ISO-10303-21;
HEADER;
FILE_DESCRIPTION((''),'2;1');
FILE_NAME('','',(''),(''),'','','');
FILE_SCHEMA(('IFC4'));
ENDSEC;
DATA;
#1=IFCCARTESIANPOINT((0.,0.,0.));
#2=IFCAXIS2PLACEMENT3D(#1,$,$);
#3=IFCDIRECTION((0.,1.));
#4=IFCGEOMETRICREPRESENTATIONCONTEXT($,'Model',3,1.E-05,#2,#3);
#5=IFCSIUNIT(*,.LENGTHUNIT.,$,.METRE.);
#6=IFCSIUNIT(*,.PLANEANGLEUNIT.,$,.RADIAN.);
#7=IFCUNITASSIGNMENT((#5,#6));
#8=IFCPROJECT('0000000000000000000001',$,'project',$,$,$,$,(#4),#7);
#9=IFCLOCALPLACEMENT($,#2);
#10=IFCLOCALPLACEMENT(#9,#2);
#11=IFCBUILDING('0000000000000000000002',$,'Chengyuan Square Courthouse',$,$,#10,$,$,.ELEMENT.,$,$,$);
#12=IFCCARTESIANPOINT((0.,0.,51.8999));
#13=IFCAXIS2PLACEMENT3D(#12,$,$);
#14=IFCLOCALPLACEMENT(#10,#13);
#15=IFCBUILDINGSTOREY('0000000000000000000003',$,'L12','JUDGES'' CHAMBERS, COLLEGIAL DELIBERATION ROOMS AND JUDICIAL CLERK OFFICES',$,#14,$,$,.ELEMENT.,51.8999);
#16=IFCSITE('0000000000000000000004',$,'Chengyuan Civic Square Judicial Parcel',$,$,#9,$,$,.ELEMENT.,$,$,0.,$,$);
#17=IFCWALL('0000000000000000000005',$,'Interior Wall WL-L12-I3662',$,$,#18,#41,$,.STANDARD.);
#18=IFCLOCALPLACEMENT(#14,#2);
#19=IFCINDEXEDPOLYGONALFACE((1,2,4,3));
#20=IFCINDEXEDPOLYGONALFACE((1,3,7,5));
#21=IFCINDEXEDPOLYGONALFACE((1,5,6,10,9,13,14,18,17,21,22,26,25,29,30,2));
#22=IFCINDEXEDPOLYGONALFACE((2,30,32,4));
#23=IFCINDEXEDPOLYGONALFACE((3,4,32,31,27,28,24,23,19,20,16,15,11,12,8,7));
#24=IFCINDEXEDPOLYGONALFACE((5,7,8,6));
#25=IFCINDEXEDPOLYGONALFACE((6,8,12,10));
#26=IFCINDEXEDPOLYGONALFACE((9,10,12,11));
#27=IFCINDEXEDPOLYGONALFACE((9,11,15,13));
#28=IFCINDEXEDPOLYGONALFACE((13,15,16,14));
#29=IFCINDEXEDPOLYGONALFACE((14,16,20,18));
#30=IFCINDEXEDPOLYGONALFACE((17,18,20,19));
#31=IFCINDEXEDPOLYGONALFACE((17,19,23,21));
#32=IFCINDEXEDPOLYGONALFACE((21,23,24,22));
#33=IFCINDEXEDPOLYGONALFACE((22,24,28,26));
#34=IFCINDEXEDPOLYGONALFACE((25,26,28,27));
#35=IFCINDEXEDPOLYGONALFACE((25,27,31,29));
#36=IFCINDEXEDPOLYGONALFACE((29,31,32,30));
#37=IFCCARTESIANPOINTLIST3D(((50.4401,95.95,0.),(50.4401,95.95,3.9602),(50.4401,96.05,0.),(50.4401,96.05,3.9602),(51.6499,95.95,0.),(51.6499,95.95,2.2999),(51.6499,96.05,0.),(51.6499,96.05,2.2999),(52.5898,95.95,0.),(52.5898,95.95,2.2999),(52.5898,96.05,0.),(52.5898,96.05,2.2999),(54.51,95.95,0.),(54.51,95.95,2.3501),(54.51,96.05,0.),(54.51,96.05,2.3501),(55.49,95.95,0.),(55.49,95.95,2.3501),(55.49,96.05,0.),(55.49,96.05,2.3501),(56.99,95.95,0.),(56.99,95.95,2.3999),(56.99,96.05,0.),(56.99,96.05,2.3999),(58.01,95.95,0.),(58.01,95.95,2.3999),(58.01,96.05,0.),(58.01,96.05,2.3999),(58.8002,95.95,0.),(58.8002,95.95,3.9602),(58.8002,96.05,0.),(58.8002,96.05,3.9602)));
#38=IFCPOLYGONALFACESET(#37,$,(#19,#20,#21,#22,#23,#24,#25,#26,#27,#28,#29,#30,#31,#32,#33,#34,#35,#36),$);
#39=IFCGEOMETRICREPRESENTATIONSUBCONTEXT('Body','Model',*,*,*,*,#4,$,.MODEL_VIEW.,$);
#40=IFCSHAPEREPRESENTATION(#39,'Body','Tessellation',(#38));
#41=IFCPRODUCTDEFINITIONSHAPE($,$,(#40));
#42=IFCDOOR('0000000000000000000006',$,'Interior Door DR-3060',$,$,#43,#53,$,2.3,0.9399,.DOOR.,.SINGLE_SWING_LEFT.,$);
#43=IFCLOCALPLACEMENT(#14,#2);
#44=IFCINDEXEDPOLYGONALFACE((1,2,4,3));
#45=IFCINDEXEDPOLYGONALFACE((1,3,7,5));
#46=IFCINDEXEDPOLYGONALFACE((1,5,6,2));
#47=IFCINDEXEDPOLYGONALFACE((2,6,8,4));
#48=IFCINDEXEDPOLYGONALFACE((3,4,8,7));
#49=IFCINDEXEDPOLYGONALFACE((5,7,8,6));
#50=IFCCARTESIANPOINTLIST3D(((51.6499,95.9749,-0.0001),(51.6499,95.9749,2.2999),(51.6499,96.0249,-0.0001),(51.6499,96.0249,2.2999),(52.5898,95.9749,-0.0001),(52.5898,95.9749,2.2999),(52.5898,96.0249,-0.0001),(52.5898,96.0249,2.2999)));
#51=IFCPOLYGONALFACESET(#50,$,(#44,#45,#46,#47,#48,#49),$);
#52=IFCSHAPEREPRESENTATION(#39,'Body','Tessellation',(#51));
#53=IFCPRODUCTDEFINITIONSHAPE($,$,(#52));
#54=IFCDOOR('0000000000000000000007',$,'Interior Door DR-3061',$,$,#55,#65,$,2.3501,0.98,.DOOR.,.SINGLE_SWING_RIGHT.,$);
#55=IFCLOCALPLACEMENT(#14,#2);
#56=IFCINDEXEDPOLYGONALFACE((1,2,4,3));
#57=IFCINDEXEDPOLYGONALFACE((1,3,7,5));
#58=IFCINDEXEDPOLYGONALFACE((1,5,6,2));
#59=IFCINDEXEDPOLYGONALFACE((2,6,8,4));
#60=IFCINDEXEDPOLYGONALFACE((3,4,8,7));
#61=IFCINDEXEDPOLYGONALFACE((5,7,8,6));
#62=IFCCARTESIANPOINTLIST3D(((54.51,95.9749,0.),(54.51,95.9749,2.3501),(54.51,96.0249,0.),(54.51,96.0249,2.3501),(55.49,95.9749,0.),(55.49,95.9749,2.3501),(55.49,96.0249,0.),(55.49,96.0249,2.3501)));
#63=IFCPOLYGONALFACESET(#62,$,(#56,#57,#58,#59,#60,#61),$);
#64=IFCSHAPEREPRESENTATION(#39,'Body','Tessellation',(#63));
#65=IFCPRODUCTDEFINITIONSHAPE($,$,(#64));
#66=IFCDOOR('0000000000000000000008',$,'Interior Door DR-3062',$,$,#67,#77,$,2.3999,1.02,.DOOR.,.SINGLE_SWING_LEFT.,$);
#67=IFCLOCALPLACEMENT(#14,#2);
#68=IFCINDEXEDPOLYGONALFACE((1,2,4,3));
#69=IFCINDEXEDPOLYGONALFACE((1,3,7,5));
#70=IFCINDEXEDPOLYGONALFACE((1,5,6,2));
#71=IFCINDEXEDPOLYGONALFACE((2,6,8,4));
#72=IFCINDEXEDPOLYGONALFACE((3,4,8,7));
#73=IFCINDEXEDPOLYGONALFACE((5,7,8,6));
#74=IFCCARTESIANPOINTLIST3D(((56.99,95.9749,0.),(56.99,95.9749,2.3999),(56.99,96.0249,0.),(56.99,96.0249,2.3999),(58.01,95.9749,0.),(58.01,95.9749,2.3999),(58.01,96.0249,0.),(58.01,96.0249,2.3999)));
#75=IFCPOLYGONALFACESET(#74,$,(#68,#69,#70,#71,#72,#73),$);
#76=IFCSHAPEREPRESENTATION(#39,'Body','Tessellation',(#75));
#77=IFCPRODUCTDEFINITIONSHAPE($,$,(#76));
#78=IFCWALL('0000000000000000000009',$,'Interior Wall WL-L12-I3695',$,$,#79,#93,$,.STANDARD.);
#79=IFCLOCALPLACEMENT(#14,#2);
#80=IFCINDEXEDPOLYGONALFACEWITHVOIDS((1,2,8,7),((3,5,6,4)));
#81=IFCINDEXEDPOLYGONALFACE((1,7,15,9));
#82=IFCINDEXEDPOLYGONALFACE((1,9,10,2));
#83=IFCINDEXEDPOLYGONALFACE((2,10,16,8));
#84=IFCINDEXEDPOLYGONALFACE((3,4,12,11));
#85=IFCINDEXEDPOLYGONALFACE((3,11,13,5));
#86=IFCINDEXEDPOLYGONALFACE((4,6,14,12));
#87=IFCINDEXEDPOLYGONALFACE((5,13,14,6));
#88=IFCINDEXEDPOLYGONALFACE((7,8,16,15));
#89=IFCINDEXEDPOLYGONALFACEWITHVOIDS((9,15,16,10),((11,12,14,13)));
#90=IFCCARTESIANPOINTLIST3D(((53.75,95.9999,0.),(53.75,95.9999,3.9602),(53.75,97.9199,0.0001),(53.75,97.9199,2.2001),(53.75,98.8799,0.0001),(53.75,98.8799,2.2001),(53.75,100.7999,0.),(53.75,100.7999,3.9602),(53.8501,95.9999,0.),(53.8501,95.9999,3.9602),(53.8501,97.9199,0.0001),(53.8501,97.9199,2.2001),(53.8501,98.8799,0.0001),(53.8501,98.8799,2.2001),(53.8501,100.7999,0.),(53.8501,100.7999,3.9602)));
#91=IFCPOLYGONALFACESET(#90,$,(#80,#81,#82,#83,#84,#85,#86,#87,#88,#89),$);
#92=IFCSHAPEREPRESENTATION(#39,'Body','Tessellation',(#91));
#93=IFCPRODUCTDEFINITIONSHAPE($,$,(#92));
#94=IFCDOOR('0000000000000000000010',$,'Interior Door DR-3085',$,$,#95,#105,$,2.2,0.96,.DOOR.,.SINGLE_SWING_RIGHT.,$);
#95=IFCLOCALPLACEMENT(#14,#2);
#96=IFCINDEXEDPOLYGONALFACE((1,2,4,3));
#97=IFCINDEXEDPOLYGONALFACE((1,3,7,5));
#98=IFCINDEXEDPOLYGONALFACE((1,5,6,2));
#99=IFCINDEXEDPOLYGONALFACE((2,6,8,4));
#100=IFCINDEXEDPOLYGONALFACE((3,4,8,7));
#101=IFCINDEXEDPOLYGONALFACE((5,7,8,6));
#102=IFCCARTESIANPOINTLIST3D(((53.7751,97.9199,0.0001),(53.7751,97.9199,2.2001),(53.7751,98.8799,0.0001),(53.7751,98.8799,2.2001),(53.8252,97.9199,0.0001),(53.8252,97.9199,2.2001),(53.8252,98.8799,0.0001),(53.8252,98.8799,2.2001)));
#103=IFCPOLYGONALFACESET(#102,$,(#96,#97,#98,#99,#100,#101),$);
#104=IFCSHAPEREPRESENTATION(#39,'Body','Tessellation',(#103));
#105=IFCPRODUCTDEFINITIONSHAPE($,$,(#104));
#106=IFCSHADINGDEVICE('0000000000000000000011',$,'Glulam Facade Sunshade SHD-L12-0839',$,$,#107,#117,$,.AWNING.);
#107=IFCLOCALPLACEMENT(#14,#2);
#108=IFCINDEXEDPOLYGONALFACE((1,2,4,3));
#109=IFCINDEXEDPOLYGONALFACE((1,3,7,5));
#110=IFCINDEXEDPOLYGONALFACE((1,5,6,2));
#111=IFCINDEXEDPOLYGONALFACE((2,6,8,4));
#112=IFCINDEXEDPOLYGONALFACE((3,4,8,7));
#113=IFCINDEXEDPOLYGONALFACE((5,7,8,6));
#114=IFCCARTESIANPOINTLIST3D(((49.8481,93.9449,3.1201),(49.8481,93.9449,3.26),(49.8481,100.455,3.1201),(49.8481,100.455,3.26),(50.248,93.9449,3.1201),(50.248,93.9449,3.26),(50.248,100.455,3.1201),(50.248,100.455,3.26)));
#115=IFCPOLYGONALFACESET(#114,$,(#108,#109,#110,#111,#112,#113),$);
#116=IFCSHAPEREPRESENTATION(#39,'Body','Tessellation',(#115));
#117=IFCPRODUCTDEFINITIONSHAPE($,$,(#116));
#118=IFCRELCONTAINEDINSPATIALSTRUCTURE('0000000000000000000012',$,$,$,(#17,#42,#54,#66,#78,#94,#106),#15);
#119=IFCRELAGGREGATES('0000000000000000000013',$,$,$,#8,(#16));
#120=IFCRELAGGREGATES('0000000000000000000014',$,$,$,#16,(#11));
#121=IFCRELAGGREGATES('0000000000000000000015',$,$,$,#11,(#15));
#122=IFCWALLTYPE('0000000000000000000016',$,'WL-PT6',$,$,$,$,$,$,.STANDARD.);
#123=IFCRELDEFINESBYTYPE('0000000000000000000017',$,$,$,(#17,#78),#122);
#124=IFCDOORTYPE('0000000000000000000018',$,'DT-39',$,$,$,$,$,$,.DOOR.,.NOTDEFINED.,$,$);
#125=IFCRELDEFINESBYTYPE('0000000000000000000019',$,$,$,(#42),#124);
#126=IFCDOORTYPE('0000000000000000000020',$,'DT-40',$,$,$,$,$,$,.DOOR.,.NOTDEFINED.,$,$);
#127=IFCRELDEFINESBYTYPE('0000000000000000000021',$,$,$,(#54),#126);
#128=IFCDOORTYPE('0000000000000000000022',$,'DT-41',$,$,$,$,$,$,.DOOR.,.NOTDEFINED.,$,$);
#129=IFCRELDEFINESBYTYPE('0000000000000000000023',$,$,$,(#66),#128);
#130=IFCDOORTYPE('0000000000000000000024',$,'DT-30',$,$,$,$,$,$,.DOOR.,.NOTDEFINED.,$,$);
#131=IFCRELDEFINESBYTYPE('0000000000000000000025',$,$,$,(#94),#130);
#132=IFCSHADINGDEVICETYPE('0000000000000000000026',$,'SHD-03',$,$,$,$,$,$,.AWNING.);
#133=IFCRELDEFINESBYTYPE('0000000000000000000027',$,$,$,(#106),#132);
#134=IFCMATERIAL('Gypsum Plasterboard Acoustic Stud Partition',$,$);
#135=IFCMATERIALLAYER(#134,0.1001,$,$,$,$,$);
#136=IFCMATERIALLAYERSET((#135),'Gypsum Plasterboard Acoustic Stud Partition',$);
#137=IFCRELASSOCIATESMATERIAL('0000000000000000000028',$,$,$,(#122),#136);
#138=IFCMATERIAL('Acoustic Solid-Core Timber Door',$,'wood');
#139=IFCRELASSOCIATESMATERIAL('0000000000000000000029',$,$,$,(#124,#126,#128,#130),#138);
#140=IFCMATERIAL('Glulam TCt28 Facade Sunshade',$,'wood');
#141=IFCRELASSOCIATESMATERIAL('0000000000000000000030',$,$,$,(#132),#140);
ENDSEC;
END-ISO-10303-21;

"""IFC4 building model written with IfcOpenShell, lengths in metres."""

from ifc_helpers import new_model, si_unit, direction, frame, frame_2d, origin, origin_2d, place, context, subcontext, project, spatial, rectangle, extrude, material, layer, layer_set, type_object, element, fill, save


model = new_model("IFC4")

# Units and contexts
model_context = context("Model", 3, precision=1e-05, world=origin(), true_north=direction((0.0, 1.0)))
body_context = subcontext(model_context, "Body", "Model", "MODEL_VIEW")
ifc_project = project(units=[si_unit("LENGTHUNIT", "METRE"), si_unit("PLANEANGLEUNIT", "RADIAN")], contexts=[model_context])

# Site, building, storey
site_placement = place(None, origin())
site = spatial("IfcSite", under=ifc_project, at=site_placement, Name="Chengyuan Civic Square Judicial Parcel", CompositionType="ELEMENT", RefElevation=0.0)
building_placement = place(site_placement, origin())
building = spatial("IfcBuilding", under=site, at=building_placement, Name="Chengyuan Square Courthouse", CompositionType="ELEMENT")
storey_placement = place(building_placement, frame((0.0, 0.0, 51.8999)))
storey = spatial("IfcBuildingStorey", under=building, at=storey_placement, Name="L12", Description="JUDGES' CHAMBERS, COLLEGIAL DELIBERATION ROOMS AND JUDICIAL CLERK OFFICES", CompositionType="ELEMENT", Elevation=51.8999)

# Wall, openings, doors
ifc_material_1 = material(Name="Gypsum Plasterboard Acoustic Stud Partition")
ifc_layer_1 = layer(ifc_material_1, 0.1001)
ifc_layer_set_1 = layer_set([ifc_layer_1], Name="Gypsum Plasterboard Acoustic Stud Partition")
wall_type_1 = type_object("IfcWallType", Name="WL-PT6", PredefinedType="STANDARD", material=ifc_layer_set_1)
ifc_material_2 = material(Name="Acoustic Solid-Core Timber Door", Category="wood")
wall_1_placement = place(storey_placement, frame((50.4399, 96.0, 0.0), z_axis=(0.0, 0.0, 1.0), x_axis=(1.0, 0.0, 0.0)))
wall_1 = element("IfcWall", 1, at=wall_1_placement, inside=storey, type_object=wall_type_1, Name="Interior Wall WL-L12-I3662", PredefinedType="STANDARD", context=body_context, shape_type="SweptSolid", body=[
    extrude(rectangle(XDim=8.3601, YDim=0.1001, at=frame_2d((4.1802, 0.0))), origin(), (0.0, 0.0, 1.0), 3.9602),
])
opening_1_placement = place(wall_1_placement, frame((1.21, 0.0, 0.0)))
opening_1 = element("IfcOpeningElement", 2, at=opening_1_placement, cuts=wall_1, PredefinedType="OPENING", context=body_context, shape_type="SweptSolid", body=[
    extrude(rectangle(XDim=0.9399, YDim=2.3, at=frame_2d((0.47, 1.1499))), frame((0.0, 0.062, 0.0), z_axis=(0.0, -1.0, 0.0), x_axis=(1.0, 0.0, 0.0)), (0.0, 0.0, 1.0), 0.124),
])
opening_2_placement = place(wall_1_placement, frame((4.0701, 0.0, 0.0)))
opening_2 = element("IfcOpeningElement", 3, at=opening_2_placement, cuts=wall_1, PredefinedType="OPENING", context=body_context, shape_type="SweptSolid", body=[
    extrude(rectangle(XDim=0.98, YDim=2.3501, at=frame_2d((0.49, 1.175))), frame((0.0, 0.062, 0.0), z_axis=(0.0, -1.0, 0.0), x_axis=(1.0, 0.0, 0.0)), (0.0, 0.0, 1.0), 0.124),
])
opening_3_placement = place(wall_1_placement, frame((6.55, 0.0, 0.0)))
opening_3 = element("IfcOpeningElement", 4, at=opening_3_placement, cuts=wall_1, PredefinedType="OPENING", context=body_context, shape_type="SweptSolid", body=[
    extrude(rectangle(XDim=1.02, YDim=2.3999, at=frame_2d((0.51, 1.2))), frame((0.0, 0.062, 0.0), z_axis=(0.0, -1.0, 0.0), x_axis=(1.0, 0.0, 0.0)), (0.0, 0.0, 1.0), 0.124),
])
door_type_1 = type_object("IfcDoorType", Name="DT-39", OperationType="NOTDEFINED", PredefinedType="DOOR", material=ifc_material_2)
door_1_placement = place(opening_1_placement, origin())
door_1 = element("IfcDoor", 5, at=door_1_placement, inside=storey, type_object=door_type_1, Name="Interior Door DR-3060", OperationType="SINGLE_SWING_LEFT", OverallHeight=2.3, OverallWidth=0.9399, PredefinedType="DOOR", context=body_context, shape_type="SweptSolid", body=[
    extrude(rectangle(XDim=0.9399, YDim=2.3, at=frame_2d((0.47, 1.1499))), frame((0.0, 0.0249, 0.0), z_axis=(0.0, -1.0, 0.0), x_axis=(1.0, 0.0, 0.0)), (0.0, 0.0, 1.0), 0.05),
])
fill(opening_1, door_1)
door_type_2 = type_object("IfcDoorType", Name="DT-40", OperationType="NOTDEFINED", PredefinedType="DOOR", material=ifc_material_2)
door_2_placement = place(opening_2_placement, origin())
door_2 = element("IfcDoor", 6, at=door_2_placement, inside=storey, type_object=door_type_2, Name="Interior Door DR-3061", OperationType="SINGLE_SWING_RIGHT", OverallHeight=2.3501, OverallWidth=0.98, PredefinedType="DOOR", context=body_context, shape_type="SweptSolid", body=[
    extrude(rectangle(XDim=0.98, YDim=2.3501, at=frame_2d((0.49, 1.175))), frame((0.0, 0.0249, 0.0), z_axis=(0.0, -1.0, 0.0), x_axis=(1.0, 0.0, 0.0)), (0.0, 0.0, 1.0), 0.05),
])
fill(opening_2, door_2)
door_type_3 = type_object("IfcDoorType", Name="DT-41", OperationType="NOTDEFINED", PredefinedType="DOOR", material=ifc_material_2)
door_3_placement = place(opening_3_placement, origin())
door_3 = element("IfcDoor", 7, at=door_3_placement, inside=storey, type_object=door_type_3, Name="Interior Door DR-3062", OperationType="SINGLE_SWING_LEFT", OverallHeight=2.3999, OverallWidth=1.02, PredefinedType="DOOR", context=body_context, shape_type="SweptSolid", body=[
    extrude(rectangle(XDim=1.02, YDim=2.3999, at=frame_2d((0.51, 1.2))), frame((0.0, 0.0249, 0.0), z_axis=(0.0, -1.0, 0.0), x_axis=(1.0, 0.0, 0.0)), (0.0, 0.0, 1.0), 0.05),
])
fill(opening_3, door_3)

# Wall, opening, door
wall_2_placement = place(storey_placement, frame((53.8, 96.0, 0.0), z_axis=(0.0, 0.0, 1.0), x_axis=(0.0, 1.0, 0.0)))
wall_2 = element("IfcWall", 8, at=wall_2_placement, inside=storey, type_object=wall_type_1, Name="Interior Wall WL-L12-I3695", PredefinedType="STANDARD", context=body_context, shape_type="SweptSolid", body=[
    extrude(rectangle(XDim=4.8, YDim=0.1001, at=frame_2d((2.3999, 0.0))), origin(), (0.0, 0.0, 1.0), 3.9602),
])
opening_4_placement = place(wall_2_placement, frame((1.9199, 0.0, 0.0)))
opening_4 = element("IfcOpeningElement", 9, at=opening_4_placement, cuts=wall_2, PredefinedType="OPENING", context=body_context, shape_type="SweptSolid", body=[
    extrude(rectangle(XDim=0.96, YDim=2.2, at=frame_2d((0.48, 1.1001))), frame((0.0, 0.062, 0.0), z_axis=(0.0, -1.0, 0.0), x_axis=(1.0, 0.0, 0.0)), (0.0, 0.0, 1.0), 0.124),
])
door_type_4 = type_object("IfcDoorType", Name="DT-30", OperationType="NOTDEFINED", PredefinedType="DOOR", material=ifc_material_2)
door_4_placement = place(opening_4_placement, origin())
door_4 = element("IfcDoor", 10, at=door_4_placement, inside=storey, type_object=door_type_4, Name="Interior Door DR-3085", OperationType="SINGLE_SWING_RIGHT", OverallHeight=2.2, OverallWidth=0.96, PredefinedType="DOOR", context=body_context, shape_type="SweptSolid", body=[
    extrude(rectangle(XDim=0.96, YDim=2.2, at=frame_2d((0.48, 1.1001))), frame((0.0, 0.0249, 0.0), z_axis=(0.0, -1.0, 0.0), x_axis=(1.0, 0.0, 0.0)), (0.0, 0.0, 1.0), 0.05),
])
fill(opening_4, door_4)

# Shading device
ifc_material_3 = material(Name="Glulam TCt28 Facade Sunshade", Category="wood")
shading_device_type = type_object("IfcShadingDeviceType", Name="SHD-03", PredefinedType="AWNING", material=ifc_material_3)
shading_device_placement = place(storey_placement, frame((50.0481, 97.2, 3.1201), z_axis=(0.0, 0.0, 1.0), x_axis=(0.0, 1.0, 0.0)))
element("IfcShadingDevice", 11, at=shading_device_placement, inside=storey, type_object=shading_device_type, Name="Glulam Facade Sunshade SHD-L12-0839", PredefinedType="AWNING", context=body_context, shape_type="SweptSolid", body=[
    extrude(rectangle(XDim=6.51, YDim=0.3999, at=origin_2d()), origin(), (0.0, 0.0, 1.0), 0.1399),
])

save(model, "model.ifc")
